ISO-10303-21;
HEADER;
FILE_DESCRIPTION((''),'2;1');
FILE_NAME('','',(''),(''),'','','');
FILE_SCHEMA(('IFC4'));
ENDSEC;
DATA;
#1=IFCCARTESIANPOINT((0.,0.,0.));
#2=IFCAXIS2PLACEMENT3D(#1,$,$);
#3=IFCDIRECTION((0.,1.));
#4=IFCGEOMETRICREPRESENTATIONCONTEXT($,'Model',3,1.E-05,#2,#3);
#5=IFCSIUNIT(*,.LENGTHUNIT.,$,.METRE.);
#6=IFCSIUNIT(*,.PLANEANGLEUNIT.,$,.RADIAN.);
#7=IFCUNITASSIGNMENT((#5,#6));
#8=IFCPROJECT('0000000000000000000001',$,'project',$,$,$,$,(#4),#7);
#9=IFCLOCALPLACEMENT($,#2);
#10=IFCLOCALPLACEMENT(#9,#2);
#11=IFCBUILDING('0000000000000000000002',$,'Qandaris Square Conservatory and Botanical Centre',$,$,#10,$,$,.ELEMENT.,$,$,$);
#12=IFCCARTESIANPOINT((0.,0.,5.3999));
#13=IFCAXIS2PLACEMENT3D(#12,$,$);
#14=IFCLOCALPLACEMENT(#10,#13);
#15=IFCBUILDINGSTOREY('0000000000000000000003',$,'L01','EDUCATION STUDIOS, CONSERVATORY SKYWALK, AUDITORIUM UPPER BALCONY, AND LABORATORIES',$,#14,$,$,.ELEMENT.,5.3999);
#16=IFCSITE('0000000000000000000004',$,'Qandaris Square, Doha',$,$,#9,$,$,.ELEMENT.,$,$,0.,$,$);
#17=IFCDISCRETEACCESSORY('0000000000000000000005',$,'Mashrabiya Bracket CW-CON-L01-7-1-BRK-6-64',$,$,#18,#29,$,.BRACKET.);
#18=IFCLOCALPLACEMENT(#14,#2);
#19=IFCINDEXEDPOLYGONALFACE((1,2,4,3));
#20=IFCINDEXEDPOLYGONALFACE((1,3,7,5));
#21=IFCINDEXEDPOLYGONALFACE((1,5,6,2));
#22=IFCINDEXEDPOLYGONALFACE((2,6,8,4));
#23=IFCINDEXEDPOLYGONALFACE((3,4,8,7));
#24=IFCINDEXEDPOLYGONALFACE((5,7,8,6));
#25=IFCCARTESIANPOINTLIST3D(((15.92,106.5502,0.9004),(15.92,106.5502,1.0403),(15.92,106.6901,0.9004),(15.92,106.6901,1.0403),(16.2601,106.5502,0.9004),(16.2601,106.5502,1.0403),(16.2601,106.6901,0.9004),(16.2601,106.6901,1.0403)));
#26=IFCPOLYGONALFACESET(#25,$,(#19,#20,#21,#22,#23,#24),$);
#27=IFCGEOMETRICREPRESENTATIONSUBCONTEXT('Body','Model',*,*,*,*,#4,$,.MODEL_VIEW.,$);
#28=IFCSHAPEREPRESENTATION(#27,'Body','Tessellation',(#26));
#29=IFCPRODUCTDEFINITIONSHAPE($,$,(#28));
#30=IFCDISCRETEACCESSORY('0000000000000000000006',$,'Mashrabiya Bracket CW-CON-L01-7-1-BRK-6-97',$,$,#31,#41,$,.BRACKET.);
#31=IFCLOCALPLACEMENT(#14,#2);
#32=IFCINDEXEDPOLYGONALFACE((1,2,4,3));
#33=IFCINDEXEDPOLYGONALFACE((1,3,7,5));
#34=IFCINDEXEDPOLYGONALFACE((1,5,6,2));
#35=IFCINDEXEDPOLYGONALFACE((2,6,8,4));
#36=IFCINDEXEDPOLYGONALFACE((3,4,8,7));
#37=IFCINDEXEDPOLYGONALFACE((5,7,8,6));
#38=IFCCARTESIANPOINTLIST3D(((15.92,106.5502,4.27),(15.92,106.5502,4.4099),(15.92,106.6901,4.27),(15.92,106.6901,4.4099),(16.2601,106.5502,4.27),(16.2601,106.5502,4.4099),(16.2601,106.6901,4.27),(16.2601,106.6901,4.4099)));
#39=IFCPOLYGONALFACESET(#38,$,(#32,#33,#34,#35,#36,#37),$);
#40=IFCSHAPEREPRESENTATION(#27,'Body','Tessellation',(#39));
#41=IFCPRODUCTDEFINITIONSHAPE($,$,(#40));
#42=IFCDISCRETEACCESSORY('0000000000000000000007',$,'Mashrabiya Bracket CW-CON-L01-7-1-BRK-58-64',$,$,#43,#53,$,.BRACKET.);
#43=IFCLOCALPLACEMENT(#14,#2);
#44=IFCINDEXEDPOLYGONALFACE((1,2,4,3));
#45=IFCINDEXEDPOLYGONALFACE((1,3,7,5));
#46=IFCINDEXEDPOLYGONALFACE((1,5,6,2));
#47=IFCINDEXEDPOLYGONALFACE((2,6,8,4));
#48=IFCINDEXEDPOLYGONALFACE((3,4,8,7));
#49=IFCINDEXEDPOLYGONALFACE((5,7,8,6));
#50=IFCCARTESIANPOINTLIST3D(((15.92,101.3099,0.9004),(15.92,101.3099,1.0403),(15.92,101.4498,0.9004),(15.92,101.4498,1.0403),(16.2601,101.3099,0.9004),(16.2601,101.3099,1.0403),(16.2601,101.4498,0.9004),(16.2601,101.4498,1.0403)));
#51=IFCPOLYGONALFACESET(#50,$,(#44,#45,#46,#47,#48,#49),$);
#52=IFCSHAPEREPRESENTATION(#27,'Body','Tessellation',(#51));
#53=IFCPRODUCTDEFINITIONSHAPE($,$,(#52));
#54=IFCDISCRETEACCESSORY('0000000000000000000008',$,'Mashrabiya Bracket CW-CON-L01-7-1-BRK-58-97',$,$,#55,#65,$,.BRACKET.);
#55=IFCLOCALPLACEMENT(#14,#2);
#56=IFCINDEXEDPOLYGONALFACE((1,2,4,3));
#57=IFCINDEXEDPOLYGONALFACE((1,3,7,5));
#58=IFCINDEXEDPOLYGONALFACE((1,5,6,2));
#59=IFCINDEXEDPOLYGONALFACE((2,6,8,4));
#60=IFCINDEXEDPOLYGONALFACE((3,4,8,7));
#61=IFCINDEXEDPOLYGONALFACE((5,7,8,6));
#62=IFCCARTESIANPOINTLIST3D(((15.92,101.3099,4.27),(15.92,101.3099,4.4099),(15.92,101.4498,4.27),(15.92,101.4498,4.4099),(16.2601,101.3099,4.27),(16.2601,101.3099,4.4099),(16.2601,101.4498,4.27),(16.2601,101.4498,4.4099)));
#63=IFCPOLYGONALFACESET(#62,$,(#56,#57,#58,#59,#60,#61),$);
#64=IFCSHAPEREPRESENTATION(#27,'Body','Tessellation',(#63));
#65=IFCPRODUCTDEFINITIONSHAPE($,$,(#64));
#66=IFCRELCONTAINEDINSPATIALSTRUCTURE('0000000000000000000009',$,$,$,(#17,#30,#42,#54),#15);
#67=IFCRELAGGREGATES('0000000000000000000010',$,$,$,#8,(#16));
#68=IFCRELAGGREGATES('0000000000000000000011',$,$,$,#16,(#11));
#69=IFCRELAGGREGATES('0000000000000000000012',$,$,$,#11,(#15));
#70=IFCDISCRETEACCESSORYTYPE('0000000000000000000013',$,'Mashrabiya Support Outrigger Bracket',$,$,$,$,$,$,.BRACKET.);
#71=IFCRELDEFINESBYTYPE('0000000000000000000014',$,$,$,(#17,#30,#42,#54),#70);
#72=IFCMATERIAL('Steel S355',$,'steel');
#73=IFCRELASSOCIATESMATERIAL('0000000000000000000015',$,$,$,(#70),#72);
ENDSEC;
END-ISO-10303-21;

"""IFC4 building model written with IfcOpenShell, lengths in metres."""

from ifc_helpers import new_model, si_unit, direction, frame, origin, origin_2d, place, context, subcontext, project, spatial, rectangle, extrude, material, type_object, element, save


model = new_model("IFC4")

# Units and contexts
model_context = context("Model", 3, precision=1e-05, world=origin(), true_north=direction((0.0, 1.0)))
body_context = subcontext(model_context, "Body", "Model", "MODEL_VIEW")
ifc_project = project(units=[si_unit("LENGTHUNIT", "METRE"), si_unit("PLANEANGLEUNIT", "RADIAN")], contexts=[model_context])

# Site, building, storey
site_placement = place(None, origin())
site = spatial("IfcSite", under=ifc_project, at=site_placement, Name="Qandaris Square, Doha", CompositionType="ELEMENT", RefElevation=0.0)
building_placement = place(site_placement, origin())
building = spatial("IfcBuilding", under=site, at=building_placement, Name="Qandaris Square Conservatory and Botanical Centre", CompositionType="ELEMENT")
storey_placement = place(building_placement, frame((0.0, 0.0, 5.3999)))
storey = spatial("IfcBuildingStorey", under=building, at=storey_placement, Name="L01", Description="EDUCATION STUDIOS, CONSERVATORY SKYWALK, AUDITORIUM UPPER BALCONY, AND LABORATORIES", CompositionType="ELEMENT", Elevation=5.3999)

# Shared definitions
ifc_material_1 = material(Name="Steel S355", Category="steel")

# Discrete accessories
discrete_accessory_type = type_object("IfcDiscreteAccessoryType", Name="Mashrabiya Support Outrigger Bracket", PredefinedType="BRACKET", material=ifc_material_1)
for number, where, z_axis, x_axis, name in (
    (1, (16.0901, 106.6201, 0.9004), (0.0, 0.0, 1.0), (0.0, -1.0, 0.0), "Mashrabiya Bracket CW-CON-L01-7-1-BRK-6-64"),
    (2, (16.0901, 106.6201, 4.27), (0.0, 0.0, 1.0), (0.0, -1.0, 0.0), "Mashrabiya Bracket CW-CON-L01-7-1-BRK-6-97"),
    (3, (16.0901, 101.3799, 0.9004), (0.0, 0.0, 1.0), (0.0, -1.0, 0.0), "Mashrabiya Bracket CW-CON-L01-7-1-BRK-58-64"),
    (4, (16.0901, 101.3799, 4.27), (0.0, 0.0, 1.0), (0.0, -1.0, 0.0), "Mashrabiya Bracket CW-CON-L01-7-1-BRK-58-97"),
):
    element("IfcDiscreteAccessory", number, at=place(storey_placement, frame(where, z_axis=z_axis, x_axis=x_axis)), inside=storey, type_object=discrete_accessory_type, Name=name, PredefinedType="BRACKET", context=body_context, shape_type="SweptSolid", body=[
        extrude(rectangle(XDim=0.1399, YDim=0.3401, at=origin_2d()), origin(), (0.0, 0.0, 1.0), 0.1399),
    ])

save(model, "model.ifc")
